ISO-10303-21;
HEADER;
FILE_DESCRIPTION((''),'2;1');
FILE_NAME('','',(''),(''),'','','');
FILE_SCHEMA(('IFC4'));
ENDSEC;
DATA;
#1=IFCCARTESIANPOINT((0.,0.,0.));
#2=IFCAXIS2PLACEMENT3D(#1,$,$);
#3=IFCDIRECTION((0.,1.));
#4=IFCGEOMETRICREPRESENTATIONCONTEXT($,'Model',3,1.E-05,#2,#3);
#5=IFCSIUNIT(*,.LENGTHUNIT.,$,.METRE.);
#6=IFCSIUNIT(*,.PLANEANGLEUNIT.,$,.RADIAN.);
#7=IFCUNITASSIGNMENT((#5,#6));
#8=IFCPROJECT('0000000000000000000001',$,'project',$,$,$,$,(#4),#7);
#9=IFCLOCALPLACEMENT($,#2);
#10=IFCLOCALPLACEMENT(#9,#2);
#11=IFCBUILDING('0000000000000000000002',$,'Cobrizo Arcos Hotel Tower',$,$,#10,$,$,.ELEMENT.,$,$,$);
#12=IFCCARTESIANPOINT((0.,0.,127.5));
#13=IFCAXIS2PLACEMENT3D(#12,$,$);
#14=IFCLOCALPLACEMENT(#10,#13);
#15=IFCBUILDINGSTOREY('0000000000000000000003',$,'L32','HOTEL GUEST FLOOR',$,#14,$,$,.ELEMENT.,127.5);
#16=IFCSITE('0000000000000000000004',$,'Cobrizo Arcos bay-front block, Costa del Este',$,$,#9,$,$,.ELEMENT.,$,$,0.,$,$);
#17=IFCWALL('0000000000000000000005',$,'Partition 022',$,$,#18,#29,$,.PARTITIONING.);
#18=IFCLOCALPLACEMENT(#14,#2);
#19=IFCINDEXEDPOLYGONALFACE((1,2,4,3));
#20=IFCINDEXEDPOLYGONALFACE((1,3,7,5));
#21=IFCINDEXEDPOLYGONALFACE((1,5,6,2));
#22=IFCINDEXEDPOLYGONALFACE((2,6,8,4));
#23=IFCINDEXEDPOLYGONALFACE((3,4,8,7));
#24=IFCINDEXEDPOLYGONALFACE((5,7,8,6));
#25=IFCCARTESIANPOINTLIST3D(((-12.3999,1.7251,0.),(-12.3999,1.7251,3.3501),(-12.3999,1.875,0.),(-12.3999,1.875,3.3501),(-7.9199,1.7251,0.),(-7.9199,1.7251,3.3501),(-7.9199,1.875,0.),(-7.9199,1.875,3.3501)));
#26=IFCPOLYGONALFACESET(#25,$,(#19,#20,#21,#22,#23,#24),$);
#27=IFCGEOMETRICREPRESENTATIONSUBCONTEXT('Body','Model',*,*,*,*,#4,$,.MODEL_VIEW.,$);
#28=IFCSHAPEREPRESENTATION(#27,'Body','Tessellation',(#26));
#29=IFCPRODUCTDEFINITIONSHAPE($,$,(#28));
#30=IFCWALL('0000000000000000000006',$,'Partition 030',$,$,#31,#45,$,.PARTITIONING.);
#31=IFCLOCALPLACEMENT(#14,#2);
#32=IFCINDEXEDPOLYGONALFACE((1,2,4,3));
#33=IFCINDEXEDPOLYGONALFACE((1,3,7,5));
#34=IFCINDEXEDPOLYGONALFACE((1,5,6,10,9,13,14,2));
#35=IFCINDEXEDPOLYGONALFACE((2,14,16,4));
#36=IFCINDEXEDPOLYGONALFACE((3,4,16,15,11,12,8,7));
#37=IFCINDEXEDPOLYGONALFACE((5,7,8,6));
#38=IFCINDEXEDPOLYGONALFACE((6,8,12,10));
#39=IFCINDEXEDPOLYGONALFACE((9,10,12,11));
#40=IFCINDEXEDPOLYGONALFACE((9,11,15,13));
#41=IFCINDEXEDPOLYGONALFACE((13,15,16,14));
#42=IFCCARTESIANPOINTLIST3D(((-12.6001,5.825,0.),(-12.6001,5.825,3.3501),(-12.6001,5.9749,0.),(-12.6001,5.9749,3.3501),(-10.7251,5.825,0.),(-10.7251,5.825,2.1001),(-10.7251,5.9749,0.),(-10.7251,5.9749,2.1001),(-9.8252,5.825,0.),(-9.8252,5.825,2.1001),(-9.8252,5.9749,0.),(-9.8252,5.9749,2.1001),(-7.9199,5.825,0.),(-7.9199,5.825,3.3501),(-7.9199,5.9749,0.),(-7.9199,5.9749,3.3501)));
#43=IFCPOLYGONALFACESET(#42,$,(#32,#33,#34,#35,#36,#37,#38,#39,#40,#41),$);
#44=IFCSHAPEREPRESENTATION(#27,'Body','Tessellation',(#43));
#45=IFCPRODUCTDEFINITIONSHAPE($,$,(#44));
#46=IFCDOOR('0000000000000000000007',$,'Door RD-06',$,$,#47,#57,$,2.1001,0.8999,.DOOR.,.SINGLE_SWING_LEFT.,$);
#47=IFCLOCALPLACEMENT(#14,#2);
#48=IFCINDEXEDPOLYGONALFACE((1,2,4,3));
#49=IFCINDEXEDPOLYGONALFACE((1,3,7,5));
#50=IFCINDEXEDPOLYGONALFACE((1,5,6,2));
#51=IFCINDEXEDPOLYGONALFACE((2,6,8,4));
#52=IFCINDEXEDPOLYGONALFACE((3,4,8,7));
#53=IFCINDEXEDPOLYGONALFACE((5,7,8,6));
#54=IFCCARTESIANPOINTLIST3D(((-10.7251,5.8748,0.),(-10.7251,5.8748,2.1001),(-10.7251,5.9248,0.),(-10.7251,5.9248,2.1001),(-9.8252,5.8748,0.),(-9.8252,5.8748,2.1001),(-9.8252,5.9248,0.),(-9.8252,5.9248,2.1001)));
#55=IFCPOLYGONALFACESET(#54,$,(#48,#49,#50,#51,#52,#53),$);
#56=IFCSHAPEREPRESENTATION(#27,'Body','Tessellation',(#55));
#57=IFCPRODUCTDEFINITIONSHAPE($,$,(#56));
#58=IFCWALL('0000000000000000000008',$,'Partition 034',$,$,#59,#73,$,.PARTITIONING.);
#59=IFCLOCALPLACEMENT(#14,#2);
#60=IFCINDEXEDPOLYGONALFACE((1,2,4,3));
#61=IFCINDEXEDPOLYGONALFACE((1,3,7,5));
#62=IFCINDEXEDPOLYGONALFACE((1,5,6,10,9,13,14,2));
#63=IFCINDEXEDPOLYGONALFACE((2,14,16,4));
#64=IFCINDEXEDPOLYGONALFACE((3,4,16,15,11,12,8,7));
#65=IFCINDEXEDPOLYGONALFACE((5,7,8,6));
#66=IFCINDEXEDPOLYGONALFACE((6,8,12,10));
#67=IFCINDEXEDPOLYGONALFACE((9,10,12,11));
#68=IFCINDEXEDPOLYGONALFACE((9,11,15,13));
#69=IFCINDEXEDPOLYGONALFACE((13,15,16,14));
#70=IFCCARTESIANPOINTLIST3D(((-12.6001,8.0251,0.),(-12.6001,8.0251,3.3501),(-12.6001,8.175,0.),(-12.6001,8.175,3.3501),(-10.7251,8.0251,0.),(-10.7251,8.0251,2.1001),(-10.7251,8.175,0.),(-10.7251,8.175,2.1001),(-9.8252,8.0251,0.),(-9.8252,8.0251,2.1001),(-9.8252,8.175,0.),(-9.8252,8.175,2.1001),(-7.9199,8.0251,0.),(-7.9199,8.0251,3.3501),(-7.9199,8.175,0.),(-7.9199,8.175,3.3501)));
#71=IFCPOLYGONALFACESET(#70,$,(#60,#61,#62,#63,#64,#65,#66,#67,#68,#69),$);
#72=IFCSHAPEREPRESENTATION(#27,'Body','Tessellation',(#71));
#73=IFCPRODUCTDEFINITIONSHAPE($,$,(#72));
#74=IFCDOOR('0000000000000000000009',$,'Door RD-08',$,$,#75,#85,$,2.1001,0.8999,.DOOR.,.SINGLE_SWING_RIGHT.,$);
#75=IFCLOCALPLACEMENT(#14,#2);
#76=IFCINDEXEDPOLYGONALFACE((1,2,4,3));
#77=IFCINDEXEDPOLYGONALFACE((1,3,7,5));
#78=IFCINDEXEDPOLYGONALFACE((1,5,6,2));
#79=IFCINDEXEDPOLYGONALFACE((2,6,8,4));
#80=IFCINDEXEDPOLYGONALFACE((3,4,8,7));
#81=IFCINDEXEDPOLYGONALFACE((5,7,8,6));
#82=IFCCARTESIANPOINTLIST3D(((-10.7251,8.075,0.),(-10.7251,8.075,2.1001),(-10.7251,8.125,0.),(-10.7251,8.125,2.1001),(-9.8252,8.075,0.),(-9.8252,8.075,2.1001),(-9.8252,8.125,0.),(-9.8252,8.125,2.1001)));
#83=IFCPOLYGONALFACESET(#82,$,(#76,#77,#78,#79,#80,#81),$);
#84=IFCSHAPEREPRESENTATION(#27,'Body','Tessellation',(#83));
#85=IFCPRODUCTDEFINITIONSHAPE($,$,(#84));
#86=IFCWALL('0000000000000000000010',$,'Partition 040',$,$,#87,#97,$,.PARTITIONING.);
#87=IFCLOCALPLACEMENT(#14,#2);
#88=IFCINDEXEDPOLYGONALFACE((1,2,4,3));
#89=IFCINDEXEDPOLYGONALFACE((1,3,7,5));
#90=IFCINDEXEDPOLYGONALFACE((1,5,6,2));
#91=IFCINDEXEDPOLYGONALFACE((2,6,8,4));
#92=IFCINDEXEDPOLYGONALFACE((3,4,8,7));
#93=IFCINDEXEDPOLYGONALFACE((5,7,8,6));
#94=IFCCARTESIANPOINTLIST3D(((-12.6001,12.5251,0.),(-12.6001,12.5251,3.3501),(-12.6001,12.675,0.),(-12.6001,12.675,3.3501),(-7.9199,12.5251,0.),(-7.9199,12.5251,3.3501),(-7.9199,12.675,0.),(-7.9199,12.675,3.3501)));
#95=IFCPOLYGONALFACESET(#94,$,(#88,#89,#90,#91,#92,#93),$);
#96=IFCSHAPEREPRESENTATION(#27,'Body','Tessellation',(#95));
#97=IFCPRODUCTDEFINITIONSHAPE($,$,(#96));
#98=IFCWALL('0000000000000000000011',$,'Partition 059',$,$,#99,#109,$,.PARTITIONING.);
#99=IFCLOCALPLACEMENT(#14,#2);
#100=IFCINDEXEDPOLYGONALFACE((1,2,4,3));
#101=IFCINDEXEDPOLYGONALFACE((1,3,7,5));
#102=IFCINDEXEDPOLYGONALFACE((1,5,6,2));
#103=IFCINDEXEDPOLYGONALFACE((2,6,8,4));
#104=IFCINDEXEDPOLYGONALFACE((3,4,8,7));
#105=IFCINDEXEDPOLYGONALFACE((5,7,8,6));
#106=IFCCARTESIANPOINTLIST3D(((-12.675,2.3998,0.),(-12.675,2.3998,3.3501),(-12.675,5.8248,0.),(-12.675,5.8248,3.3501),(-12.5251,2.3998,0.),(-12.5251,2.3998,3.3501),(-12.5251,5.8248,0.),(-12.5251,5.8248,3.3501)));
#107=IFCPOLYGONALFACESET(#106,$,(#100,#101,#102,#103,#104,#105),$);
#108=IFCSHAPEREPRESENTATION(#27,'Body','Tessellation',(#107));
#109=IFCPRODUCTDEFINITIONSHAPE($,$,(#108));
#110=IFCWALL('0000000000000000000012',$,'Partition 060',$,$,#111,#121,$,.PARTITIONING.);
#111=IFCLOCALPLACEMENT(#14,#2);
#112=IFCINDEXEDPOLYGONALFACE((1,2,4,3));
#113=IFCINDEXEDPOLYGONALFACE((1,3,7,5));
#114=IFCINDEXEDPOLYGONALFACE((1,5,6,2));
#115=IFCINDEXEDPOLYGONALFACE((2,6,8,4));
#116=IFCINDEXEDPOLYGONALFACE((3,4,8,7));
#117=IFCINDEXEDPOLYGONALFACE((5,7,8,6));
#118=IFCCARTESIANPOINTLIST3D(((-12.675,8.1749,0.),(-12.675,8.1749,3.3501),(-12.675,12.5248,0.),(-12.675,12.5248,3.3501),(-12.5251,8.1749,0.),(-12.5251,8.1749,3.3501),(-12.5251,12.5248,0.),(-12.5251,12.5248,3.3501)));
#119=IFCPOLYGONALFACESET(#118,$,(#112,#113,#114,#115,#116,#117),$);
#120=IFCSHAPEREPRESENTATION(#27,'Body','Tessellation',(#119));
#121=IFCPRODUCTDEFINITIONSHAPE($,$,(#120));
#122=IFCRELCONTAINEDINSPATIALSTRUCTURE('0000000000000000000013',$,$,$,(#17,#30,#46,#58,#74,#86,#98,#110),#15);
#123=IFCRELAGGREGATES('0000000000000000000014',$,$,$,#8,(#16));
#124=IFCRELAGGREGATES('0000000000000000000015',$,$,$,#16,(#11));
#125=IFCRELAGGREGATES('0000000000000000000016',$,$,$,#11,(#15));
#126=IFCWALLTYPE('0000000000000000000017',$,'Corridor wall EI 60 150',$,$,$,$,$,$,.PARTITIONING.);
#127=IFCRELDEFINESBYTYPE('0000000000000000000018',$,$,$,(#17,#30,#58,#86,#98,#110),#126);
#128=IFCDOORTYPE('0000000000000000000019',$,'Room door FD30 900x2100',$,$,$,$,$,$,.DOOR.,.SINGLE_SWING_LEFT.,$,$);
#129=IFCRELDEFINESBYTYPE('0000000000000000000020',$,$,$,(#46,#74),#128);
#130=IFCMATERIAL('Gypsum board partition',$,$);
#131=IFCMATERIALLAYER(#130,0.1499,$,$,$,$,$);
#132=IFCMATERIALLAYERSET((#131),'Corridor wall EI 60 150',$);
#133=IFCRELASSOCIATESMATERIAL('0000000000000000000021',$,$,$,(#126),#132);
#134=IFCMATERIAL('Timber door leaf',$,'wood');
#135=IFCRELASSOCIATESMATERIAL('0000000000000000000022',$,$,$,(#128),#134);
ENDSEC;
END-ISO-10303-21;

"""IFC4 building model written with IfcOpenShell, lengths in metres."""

from ifc_helpers import new_model, si_unit, direction, frame, frame_2d, origin, place, context, subcontext, project, spatial, rectangle, extrude, material, layer, layer_set, type_object, element, fill, save


model = new_model("IFC4")

# Units and contexts
model_context = context("Model", 3, precision=1e-05, world=origin(), true_north=direction((0.0, 1.0)))
body_context = subcontext(model_context, "Body", "Model", "MODEL_VIEW")
ifc_project = project(units=[si_unit("LENGTHUNIT", "METRE"), si_unit("PLANEANGLEUNIT", "RADIAN")], contexts=[model_context])

# Site, building, storey
site_placement = place(None, origin())
site = spatial("IfcSite", under=ifc_project, at=site_placement, Name="Cobrizo Arcos bay-front block, Costa del Este", CompositionType="ELEMENT", RefElevation=0.0)
building_placement = place(site_placement, origin())
building = spatial("IfcBuilding", under=site, at=building_placement, Name="Cobrizo Arcos Hotel Tower", CompositionType="ELEMENT")
storey_placement = place(building_placement, frame((0.0, 0.0, 127.5)))
storey = spatial("IfcBuildingStorey", under=building, at=storey_placement, Name="L32", Description="HOTEL GUEST FLOOR", CompositionType="ELEMENT", Elevation=127.5)

# Wall
ifc_material_1 = material(Name="Gypsum board partition")
ifc_layer_1 = layer(ifc_material_1, 0.1499)
ifc_layer_set_1 = layer_set([ifc_layer_1], Name="Corridor wall EI 60 150")
wall_type = type_object("IfcWallType", Name="Corridor wall EI 60 150", PredefinedType="PARTITIONING", material=ifc_layer_set_1)
wall_1_placement = place(storey_placement, frame((-12.3999, 1.8, 0.0), z_axis=(0.0, 0.0, 1.0), x_axis=(1.0, 0.0, 0.0)))
element("IfcWall", 1, at=wall_1_placement, inside=storey, type_object=wall_type, Name="Partition 022", PredefinedType="PARTITIONING", context=body_context, shape_type="SweptSolid", body=[
    extrude(rectangle(XDim=4.48, YDim=0.1499, at=frame_2d((2.24, 0.0))), origin(), (0.0, 0.0, 1.0), 3.3501),
])

# Walls, openings, doors
wall_2_placement = place(storey_placement, frame((-12.6001, 5.8999, 0.0), z_axis=(0.0, 0.0, 1.0), x_axis=(1.0, 0.0, 0.0)))
wall_2 = element("IfcWall", 2, at=wall_2_placement, inside=storey, type_object=wall_type, Name="Partition 030", PredefinedType="PARTITIONING", context=body_context, shape_type="SweptSolid", body=[
    extrude(rectangle(XDim=4.6802, YDim=0.1499, at=frame_2d((2.3401, 0.0))), origin(), (0.0, 0.0, 1.0), 3.3501),
])
opening_1_placement = place(wall_2_placement, frame((1.875, 0.0, 0.0)))
opening_1 = element("IfcOpeningElement", 3, at=opening_1_placement, cuts=wall_2, PredefinedType="OPENING", context=body_context, shape_type="SweptSolid", body=[
    extrude(rectangle(XDim=0.8999, YDim=2.1001, at=frame_2d((0.45, 1.05))), frame((0.0, 0.0869, 0.0), z_axis=(0.0, -1.0, 0.0), x_axis=(1.0, 0.0, 0.0)), (0.0, 0.0, 1.0), 0.1738),
])
ifc_material_2 = material(Name="Timber door leaf", Category="wood")
door_type = type_object("IfcDoorType", Name="Room door FD30 900x2100", OperationType="SINGLE_SWING_LEFT", PredefinedType="DOOR", material=ifc_material_2)
door_1_placement = place(opening_1_placement, origin())
door_1 = element("IfcDoor", 4, at=door_1_placement, inside=storey, type_object=door_type, Name="Door RD-06", OperationType="SINGLE_SWING_LEFT", OverallHeight=2.1001, OverallWidth=0.8999, PredefinedType="DOOR", context=body_context, shape_type="SweptSolid", body=[
    extrude(rectangle(XDim=0.8999, YDim=2.1001, at=frame_2d((0.45, 1.05))), frame((0.0, 0.0249, 0.0), z_axis=(0.0, -1.0, 0.0), x_axis=(1.0, 0.0, 0.0)), (0.0, 0.0, 1.0), 0.05),
])
fill(opening_1, door_1)
wall_3_placement = place(storey_placement, frame((-12.6001, 8.1001, 0.0), z_axis=(0.0, 0.0, 1.0), x_axis=(1.0, 0.0, 0.0)))
wall_3 = element("IfcWall", 5, at=wall_3_placement, inside=storey, type_object=wall_type, Name="Partition 034", PredefinedType="PARTITIONING", context=body_context, shape_type="SweptSolid", body=[
    extrude(rectangle(XDim=4.6802, YDim=0.1499, at=frame_2d((2.3401, 0.0))), origin(), (0.0, 0.0, 1.0), 3.3501),
])
opening_2_placement = place(wall_3_placement, frame((1.875, 0.0, 0.0)))
opening_2 = element("IfcOpeningElement", 6, at=opening_2_placement, cuts=wall_3, PredefinedType="OPENING", context=body_context, shape_type="SweptSolid", body=[
    extrude(rectangle(XDim=0.8999, YDim=2.1001, at=frame_2d((0.45, 1.05))), frame((0.0, 0.0869, 0.0), z_axis=(0.0, -1.0, 0.0), x_axis=(1.0, 0.0, 0.0)), (0.0, 0.0, 1.0), 0.1738),
])
door_2_placement = place(opening_2_placement, origin())
door_2 = element("IfcDoor", 7, at=door_2_placement, inside=storey, type_object=door_type, Name="Door RD-08", OperationType="SINGLE_SWING_RIGHT", OverallHeight=2.1001, OverallWidth=0.8999, PredefinedType="DOOR", context=body_context, shape_type="SweptSolid", body=[
    extrude(rectangle(XDim=0.8999, YDim=2.1001, at=frame_2d((0.45, 1.05))), frame((0.0, 0.0249, 0.0), z_axis=(0.0, -1.0, 0.0), x_axis=(1.0, 0.0, 0.0)), (0.0, 0.0, 1.0), 0.05),
])
fill(opening_2, door_2)

# Walls
wall_4_placement = place(storey_placement, frame((-12.6001, 12.6001, 0.0), z_axis=(0.0, 0.0, 1.0), x_axis=(1.0, 0.0, 0.0)))
element("IfcWall", 8, at=wall_4_placement, inside=storey, type_object=wall_type, Name="Partition 040", PredefinedType="PARTITIONING", context=body_context, shape_type="SweptSolid", body=[
    extrude(rectangle(XDim=4.6802, YDim=0.1499, at=frame_2d((2.3401, 0.0))), origin(), (0.0, 0.0, 1.0), 3.3501),
])
wall_5_placement = place(storey_placement, frame((-12.6001, 2.3999, 0.0), z_axis=(0.0, 0.0, 1.0), x_axis=(0.0, 1.0, 0.0)))
element("IfcWall", 9, at=wall_5_placement, inside=storey, type_object=wall_type, Name="Partition 059", PredefinedType="PARTITIONING", context=body_context, shape_type="SweptSolid", body=[
    extrude(rectangle(XDim=3.425, YDim=0.1499, at=frame_2d((1.7124, 0.0))), origin(), (0.0, 0.0, 1.0), 3.3501),
])
wall_6_placement = place(storey_placement, frame((-12.6001, 8.175, 0.0), z_axis=(0.0, 0.0, 1.0), x_axis=(0.0, 1.0, 0.0)))
element("IfcWall", 10, at=wall_6_placement, inside=storey, type_object=wall_type, Name="Partition 060", PredefinedType="PARTITIONING", context=body_context, shape_type="SweptSolid", body=[
    extrude(rectangle(XDim=4.3499, YDim=0.1499, at=frame_2d((2.1748, 0.0))), origin(), (0.0, 0.0, 1.0), 3.3501),
])

save(model, "model.ifc")
